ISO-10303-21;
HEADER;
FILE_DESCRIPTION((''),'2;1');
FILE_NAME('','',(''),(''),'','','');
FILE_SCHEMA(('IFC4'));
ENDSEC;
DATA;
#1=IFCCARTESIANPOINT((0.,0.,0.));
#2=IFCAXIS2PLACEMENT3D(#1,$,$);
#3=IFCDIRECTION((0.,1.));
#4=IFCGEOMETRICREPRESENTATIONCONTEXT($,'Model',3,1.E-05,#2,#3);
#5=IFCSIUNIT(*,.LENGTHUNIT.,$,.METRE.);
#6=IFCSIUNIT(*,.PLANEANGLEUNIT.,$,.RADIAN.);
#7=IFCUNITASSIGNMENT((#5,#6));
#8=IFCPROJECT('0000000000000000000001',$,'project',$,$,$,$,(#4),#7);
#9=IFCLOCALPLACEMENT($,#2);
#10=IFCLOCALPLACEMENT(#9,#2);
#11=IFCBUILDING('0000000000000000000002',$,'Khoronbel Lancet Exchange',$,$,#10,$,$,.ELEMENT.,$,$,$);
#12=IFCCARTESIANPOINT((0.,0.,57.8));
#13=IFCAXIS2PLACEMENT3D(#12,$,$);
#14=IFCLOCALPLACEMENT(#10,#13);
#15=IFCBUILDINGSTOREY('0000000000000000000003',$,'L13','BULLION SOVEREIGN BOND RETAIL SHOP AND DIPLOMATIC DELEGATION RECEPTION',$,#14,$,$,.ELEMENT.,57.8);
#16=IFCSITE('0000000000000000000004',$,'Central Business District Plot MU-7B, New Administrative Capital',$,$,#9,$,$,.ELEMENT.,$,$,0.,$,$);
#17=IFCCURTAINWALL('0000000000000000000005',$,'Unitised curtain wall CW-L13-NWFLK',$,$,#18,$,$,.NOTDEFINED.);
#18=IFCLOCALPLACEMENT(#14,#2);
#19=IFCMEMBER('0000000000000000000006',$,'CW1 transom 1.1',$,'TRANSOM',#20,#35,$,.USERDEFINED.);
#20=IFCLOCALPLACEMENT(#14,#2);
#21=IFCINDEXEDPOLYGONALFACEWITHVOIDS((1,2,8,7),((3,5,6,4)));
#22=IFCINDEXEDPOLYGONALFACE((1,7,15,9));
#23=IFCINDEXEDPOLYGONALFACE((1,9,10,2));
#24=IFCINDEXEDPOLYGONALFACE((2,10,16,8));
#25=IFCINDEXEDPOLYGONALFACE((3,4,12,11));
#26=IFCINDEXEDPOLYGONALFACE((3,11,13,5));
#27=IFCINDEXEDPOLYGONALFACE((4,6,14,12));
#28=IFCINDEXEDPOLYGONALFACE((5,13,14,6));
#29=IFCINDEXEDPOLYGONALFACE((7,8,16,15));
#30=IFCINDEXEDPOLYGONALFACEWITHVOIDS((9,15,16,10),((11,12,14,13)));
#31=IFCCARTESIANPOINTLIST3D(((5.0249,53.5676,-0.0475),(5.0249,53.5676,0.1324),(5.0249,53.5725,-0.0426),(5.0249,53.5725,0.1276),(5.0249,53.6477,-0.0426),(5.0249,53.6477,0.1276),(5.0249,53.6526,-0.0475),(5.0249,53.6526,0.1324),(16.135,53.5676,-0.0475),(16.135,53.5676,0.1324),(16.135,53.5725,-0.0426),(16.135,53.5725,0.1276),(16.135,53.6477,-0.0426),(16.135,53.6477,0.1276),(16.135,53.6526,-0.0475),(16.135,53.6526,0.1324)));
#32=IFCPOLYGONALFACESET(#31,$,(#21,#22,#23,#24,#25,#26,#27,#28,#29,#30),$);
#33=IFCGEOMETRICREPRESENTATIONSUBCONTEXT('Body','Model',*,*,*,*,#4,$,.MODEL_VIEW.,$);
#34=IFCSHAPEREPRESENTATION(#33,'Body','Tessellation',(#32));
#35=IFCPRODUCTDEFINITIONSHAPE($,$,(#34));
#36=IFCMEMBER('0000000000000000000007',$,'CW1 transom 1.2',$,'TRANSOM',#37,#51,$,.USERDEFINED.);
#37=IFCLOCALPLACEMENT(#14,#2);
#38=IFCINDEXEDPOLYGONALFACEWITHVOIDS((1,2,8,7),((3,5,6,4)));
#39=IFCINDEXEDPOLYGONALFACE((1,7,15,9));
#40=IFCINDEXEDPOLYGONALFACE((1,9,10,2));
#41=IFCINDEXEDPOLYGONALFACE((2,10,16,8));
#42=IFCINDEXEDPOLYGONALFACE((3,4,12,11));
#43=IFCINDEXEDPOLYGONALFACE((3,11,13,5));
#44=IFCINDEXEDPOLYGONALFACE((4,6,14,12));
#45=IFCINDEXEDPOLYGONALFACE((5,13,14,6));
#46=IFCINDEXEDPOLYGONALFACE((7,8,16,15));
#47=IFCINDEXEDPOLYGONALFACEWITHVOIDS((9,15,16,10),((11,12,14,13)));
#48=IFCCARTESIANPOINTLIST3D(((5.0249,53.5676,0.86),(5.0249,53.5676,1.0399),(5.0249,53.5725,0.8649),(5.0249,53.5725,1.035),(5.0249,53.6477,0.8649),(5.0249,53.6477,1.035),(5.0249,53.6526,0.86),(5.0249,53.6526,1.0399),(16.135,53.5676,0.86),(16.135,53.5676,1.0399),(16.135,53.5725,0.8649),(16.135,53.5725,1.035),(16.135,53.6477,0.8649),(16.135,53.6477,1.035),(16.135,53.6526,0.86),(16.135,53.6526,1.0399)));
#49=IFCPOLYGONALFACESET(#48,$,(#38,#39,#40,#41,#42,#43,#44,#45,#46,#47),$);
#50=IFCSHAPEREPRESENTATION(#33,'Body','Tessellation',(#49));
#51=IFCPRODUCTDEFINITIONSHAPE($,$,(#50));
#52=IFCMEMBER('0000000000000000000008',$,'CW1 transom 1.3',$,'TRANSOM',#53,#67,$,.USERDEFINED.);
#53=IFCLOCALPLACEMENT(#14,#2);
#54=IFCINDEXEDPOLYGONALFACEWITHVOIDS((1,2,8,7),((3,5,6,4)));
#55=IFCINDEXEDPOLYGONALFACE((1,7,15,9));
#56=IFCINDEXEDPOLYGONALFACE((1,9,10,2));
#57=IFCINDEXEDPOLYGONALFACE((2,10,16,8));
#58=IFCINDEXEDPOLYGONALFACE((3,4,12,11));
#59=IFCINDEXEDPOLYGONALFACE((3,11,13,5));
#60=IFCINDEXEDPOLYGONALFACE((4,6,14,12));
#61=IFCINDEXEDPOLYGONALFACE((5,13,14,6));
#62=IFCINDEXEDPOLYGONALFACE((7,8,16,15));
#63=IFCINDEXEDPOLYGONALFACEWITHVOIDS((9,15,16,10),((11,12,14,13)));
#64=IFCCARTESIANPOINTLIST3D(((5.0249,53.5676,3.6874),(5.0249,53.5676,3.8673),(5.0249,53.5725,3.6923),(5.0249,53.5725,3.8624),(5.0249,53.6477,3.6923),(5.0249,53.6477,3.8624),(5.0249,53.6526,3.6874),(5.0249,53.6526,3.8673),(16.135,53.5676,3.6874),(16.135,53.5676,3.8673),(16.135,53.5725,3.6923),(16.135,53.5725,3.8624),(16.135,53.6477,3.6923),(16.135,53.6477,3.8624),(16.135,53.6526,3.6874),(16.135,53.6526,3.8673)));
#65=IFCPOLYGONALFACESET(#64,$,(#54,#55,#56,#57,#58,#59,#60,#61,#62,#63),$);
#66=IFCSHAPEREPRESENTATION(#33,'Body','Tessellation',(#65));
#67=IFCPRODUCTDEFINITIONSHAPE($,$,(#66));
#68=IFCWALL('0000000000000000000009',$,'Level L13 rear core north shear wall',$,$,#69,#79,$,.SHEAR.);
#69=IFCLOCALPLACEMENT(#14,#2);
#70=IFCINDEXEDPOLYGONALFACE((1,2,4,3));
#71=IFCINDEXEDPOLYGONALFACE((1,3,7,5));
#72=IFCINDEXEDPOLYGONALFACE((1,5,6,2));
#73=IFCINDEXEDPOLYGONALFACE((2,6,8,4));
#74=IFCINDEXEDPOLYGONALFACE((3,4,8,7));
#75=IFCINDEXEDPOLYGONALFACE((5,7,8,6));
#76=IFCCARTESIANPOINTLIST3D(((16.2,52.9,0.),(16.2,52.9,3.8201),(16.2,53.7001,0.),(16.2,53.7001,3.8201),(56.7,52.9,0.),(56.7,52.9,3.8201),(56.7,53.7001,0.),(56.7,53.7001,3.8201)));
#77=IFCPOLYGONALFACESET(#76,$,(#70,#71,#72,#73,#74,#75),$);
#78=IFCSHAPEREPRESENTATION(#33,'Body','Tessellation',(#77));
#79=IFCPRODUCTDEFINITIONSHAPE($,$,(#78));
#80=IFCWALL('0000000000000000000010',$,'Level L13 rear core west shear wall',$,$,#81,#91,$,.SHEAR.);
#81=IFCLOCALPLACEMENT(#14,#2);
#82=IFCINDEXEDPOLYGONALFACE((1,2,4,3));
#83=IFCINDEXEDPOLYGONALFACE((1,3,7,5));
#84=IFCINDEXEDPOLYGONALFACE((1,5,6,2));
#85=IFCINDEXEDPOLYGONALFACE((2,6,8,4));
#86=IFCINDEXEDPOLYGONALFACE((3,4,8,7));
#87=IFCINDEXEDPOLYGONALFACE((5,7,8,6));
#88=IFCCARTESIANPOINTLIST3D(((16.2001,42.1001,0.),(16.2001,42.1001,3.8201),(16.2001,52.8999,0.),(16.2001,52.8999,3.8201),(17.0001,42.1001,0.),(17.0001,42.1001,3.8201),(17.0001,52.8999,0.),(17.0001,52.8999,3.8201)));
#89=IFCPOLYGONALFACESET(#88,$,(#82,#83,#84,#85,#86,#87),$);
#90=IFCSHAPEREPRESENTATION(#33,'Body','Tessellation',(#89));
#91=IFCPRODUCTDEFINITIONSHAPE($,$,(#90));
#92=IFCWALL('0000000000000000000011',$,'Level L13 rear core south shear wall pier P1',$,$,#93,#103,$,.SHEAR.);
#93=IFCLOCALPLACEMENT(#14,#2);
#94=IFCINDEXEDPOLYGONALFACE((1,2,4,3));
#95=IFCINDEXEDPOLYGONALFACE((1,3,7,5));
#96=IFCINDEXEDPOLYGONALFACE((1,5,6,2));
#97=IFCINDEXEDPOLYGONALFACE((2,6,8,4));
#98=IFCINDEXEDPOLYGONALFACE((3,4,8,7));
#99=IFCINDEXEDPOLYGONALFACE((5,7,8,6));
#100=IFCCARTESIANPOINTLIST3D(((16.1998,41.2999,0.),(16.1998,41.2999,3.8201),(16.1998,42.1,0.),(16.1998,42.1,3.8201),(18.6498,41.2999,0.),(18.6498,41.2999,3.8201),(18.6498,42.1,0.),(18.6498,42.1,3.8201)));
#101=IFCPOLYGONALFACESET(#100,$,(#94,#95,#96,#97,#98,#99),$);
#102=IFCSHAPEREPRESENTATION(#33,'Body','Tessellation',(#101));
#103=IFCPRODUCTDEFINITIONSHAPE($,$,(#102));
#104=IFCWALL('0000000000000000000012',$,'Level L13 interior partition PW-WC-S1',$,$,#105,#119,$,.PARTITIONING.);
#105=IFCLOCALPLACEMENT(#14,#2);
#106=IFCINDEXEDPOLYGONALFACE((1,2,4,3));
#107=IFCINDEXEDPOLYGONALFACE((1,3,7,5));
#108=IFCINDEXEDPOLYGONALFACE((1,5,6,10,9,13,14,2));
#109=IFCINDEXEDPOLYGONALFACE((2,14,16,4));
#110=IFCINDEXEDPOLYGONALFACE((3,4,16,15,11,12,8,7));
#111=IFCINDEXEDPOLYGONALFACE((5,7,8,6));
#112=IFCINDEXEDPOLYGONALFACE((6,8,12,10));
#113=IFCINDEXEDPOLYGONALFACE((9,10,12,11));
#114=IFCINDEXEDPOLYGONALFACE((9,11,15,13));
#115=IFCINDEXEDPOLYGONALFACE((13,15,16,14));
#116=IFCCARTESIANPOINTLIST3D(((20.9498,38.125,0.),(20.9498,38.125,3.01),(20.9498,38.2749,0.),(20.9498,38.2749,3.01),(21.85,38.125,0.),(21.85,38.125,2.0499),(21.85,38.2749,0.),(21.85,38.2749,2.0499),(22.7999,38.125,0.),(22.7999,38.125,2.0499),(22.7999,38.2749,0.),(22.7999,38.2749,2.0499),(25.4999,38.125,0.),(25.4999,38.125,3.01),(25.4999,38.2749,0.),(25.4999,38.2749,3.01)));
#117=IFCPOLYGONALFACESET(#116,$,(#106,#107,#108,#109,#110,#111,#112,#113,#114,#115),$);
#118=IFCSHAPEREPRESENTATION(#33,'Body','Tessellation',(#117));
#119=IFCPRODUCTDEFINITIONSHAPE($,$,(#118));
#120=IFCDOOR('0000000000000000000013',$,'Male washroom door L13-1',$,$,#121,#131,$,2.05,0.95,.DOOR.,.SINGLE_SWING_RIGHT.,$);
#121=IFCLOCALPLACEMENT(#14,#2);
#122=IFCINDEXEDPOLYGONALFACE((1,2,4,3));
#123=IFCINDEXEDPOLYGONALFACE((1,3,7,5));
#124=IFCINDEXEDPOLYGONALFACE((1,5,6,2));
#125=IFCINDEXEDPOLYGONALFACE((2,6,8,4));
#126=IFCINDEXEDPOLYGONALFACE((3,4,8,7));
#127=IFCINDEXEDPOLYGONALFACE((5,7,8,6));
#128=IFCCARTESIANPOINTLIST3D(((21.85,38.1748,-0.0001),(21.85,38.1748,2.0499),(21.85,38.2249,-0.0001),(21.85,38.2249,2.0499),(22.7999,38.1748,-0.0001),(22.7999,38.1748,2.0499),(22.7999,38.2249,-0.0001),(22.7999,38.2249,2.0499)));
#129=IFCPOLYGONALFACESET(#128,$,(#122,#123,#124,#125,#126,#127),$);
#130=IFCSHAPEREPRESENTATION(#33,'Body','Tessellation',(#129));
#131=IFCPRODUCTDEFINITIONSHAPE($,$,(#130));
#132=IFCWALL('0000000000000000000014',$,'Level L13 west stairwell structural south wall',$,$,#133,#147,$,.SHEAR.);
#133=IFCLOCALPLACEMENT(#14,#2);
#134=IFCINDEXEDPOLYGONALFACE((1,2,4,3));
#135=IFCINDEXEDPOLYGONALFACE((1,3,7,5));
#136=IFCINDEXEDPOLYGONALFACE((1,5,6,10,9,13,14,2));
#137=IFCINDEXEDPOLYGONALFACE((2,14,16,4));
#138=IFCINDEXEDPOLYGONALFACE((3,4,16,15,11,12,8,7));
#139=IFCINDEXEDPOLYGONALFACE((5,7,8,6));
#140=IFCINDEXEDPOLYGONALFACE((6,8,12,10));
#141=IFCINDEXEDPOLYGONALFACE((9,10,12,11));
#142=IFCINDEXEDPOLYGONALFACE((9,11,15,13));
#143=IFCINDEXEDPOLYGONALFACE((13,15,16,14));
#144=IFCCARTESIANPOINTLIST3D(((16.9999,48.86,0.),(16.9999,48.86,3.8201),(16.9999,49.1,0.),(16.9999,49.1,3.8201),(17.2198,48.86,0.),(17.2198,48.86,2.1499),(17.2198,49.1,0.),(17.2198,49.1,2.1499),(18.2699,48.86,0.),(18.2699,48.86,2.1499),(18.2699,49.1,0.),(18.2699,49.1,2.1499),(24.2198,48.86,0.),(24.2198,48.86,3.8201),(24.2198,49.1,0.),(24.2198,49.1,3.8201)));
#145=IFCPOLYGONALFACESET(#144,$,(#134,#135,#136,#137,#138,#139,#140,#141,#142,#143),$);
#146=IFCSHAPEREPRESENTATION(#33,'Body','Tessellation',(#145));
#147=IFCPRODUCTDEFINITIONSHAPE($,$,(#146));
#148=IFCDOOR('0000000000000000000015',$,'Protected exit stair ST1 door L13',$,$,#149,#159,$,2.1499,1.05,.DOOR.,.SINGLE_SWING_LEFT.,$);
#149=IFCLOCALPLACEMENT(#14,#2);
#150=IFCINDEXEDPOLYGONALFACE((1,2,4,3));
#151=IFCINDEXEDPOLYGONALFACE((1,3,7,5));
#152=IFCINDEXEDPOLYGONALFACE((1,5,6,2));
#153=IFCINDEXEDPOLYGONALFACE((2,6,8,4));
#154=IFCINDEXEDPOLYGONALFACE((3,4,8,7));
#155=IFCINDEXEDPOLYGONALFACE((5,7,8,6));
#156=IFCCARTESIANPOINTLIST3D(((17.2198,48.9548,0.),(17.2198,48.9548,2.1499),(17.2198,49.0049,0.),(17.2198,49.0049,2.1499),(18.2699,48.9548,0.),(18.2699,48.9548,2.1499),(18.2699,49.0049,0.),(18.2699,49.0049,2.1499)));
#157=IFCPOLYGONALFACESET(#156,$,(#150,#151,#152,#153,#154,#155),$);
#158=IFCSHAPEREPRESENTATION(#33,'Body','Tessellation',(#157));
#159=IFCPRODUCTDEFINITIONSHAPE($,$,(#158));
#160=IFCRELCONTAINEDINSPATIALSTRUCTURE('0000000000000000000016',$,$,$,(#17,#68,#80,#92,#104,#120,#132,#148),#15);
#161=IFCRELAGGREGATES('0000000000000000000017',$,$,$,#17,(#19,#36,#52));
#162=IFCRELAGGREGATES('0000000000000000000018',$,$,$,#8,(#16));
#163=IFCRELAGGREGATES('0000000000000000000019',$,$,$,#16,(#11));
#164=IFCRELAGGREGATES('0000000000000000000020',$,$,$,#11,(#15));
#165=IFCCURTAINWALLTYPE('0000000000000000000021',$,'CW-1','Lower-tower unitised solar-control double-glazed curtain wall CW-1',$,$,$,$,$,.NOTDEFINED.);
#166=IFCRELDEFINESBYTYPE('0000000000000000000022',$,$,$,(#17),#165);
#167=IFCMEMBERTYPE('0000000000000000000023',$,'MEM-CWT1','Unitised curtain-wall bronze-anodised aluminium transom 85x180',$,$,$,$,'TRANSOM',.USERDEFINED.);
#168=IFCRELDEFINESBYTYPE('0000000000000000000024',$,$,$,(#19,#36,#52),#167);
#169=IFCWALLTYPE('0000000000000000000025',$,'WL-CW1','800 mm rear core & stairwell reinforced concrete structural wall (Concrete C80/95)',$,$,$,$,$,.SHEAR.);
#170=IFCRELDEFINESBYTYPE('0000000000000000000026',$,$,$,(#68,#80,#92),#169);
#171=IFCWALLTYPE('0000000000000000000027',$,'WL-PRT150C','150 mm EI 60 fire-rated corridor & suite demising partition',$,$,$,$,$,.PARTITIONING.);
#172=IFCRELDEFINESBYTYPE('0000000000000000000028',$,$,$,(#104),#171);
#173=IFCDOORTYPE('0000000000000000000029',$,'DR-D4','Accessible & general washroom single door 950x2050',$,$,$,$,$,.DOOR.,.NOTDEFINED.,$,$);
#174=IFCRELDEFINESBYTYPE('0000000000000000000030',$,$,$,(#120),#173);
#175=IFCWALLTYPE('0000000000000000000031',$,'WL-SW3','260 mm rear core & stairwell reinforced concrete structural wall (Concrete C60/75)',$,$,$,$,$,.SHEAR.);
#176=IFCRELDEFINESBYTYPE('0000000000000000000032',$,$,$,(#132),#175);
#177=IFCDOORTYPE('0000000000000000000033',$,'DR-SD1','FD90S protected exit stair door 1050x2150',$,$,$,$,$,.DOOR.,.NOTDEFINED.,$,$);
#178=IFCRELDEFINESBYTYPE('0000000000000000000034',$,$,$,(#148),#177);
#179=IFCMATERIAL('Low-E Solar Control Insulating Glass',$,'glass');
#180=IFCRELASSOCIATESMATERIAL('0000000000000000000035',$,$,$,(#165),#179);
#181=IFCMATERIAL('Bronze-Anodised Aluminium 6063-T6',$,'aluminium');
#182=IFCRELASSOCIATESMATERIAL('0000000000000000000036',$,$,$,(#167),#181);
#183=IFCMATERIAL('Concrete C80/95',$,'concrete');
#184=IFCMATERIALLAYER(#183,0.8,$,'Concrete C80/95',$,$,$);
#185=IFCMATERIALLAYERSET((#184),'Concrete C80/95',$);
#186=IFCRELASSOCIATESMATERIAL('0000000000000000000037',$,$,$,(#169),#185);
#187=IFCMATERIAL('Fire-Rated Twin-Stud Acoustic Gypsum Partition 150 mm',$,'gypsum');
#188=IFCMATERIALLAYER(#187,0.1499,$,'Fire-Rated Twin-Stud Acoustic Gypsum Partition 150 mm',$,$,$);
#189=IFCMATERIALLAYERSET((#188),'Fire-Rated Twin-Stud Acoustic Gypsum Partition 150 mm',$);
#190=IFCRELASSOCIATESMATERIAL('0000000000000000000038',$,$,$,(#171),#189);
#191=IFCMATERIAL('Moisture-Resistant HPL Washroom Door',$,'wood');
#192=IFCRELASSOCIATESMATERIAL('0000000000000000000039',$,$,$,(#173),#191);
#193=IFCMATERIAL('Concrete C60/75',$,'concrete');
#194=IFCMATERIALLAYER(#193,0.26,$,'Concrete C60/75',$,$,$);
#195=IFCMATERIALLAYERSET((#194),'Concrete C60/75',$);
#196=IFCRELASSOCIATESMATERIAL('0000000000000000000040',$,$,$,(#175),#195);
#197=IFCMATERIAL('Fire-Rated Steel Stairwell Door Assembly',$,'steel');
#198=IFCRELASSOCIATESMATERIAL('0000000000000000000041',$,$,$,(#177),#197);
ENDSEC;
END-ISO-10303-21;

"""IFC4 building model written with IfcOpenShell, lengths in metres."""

from ifc_helpers import new_model, si_unit, direction, frame, frame_2d, origin, origin_2d, place, context, subcontext, project, spatial, rectangle, hollow_rectangle, extrude, material, layer, layer_set, material_profile, profile_set, type_object, element, fill, aggregate, save


model = new_model("IFC4")

# Units and contexts
model_context = context("Model", 3, precision=1e-05, world=origin(), true_north=direction((0.0, 1.0)))
body_context = subcontext(model_context, "Body", "Model", "MODEL_VIEW")
ifc_project = project(units=[si_unit("LENGTHUNIT", "METRE"), si_unit("PLANEANGLEUNIT", "RADIAN")], contexts=[model_context])

# Site, building, storey
site_placement = place(None, origin())
site = spatial("IfcSite", under=ifc_project, at=site_placement, Name="Central Business District Plot MU-7B, New Administrative Capital", CompositionType="ELEMENT", RefElevation=0.0)
building_placement = place(site_placement, origin())
building = spatial("IfcBuilding", under=site, at=building_placement, Name="Khoronbel Lancet Exchange", CompositionType="ELEMENT")
storey_placement = place(building_placement, frame((0.0, 0.0, 57.8)))
storey = spatial("IfcBuildingStorey", under=building, at=storey_placement, Name="L13", Description="BULLION SOVEREIGN BOND RETAIL SHOP AND DIPLOMATIC DELEGATION RECEPTION", CompositionType="ELEMENT", Elevation=57.8)

# Shared definitions
ifc_material_1 = material(Name="Concrete C80/95", Category="concrete")

# Curtain wall, members
ifc_material_2 = material(Name="Low-E Solar Control Insulating Glass", Category="glass")
curtain_wall_type = type_object("IfcCurtainWallType", Name="CW-1", Description="Lower-tower unitised solar-control double-glazed curtain wall CW-1", PredefinedType="NOTDEFINED", material=ifc_material_2)
curtain_wall_placement = place(storey_placement, origin())
curtain_wall = element("IfcCurtainWall", 1, at=curtain_wall_placement, inside=storey, type_object=curtain_wall_type, Name="Unitised curtain wall CW-L13-NWFLK", PredefinedType="NOTDEFINED")
ifc_material_3 = material(Name="Bronze-Anodised Aluminium 6063-T6", Category="aluminium")
ifc_material_profile_1 = material_profile(ifc_material_3, hollow_rectangle(XDim=0.085, YDim=0.1799, WallThickness=0.0049, at=origin_2d()), Name="ALU TRANSOM 85x180")
ifc_profile_set_1 = profile_set([ifc_material_profile_1], Name="Bronze-Anodised Aluminium 6063-T6")
member_type_1 = type_object("IfcMemberType", Name="MEM-CWT1", Description="Unitised curtain-wall bronze-anodised aluminium transom 85x180", ElementType="TRANSOM", PredefinedType="USERDEFINED", material=ifc_profile_set_1)
member_1_placement = place(storey_placement, frame((16.135, 53.6101, 0.0425), z_axis=(-1.0, 0.0, 0.0), x_axis=(0.0, -1.0, 0.0)))
member_1 = element("IfcMember", 2, at=member_1_placement, type_object=member_type_1, Name="CW1 transom 1.1", ObjectType="TRANSOM", PredefinedType="USERDEFINED", context=body_context, shape_type="SweptSolid", body=[
    extrude(hollow_rectangle(XDim=0.085, YDim=0.1799, WallThickness=0.0049, at=origin_2d()), origin(), (0.0, 0.0, 1.0), 11.1101),
])
member_2_placement = place(storey_placement, frame((16.135, 53.6101, 0.95), z_axis=(-1.0, 0.0, 0.0), x_axis=(0.0, -1.0, 0.0)))
member_2 = element("IfcMember", 3, at=member_2_placement, type_object=member_type_1, Name="CW1 transom 1.2", ObjectType="TRANSOM", PredefinedType="USERDEFINED", context=body_context, shape_type="SweptSolid", body=[
    extrude(hollow_rectangle(XDim=0.085, YDim=0.1799, WallThickness=0.0049, at=origin_2d()), origin(), (0.0, 0.0, 1.0), 11.1101),
])
member_3_placement = place(storey_placement, frame((16.135, 53.6101, 3.7773), z_axis=(-1.0, 0.0, 0.0), x_axis=(0.0, -1.0, 0.0)))
member_3 = element("IfcMember", 4, at=member_3_placement, type_object=member_type_1, Name="CW1 transom 1.3", ObjectType="TRANSOM", PredefinedType="USERDEFINED", context=body_context, shape_type="SweptSolid", body=[
    extrude(hollow_rectangle(XDim=0.085, YDim=0.1799, WallThickness=0.0049, at=origin_2d()), origin(), (0.0, 0.0, 1.0), 11.1101),
])
aggregate(curtain_wall, [member_1, member_2, member_3])

# Walls
ifc_layer_1 = layer(ifc_material_1, 0.8, Name="Concrete C80/95")
ifc_layer_set_1 = layer_set([ifc_layer_1], Name="Concrete C80/95")
wall_type_1 = type_object("IfcWallType", Name="WL-CW1", Description="800 mm rear core & stairwell reinforced concrete structural wall (Concrete C80/95)", PredefinedType="SHEAR", material=ifc_layer_set_1)
wall_1_placement = place(storey_placement, frame((16.2, 53.3, 0.0), z_axis=(0.0, 0.0, 1.0), x_axis=(1.0, 0.0, 0.0)))
element("IfcWall", 5, at=wall_1_placement, inside=storey, type_object=wall_type_1, Name="Level L13 rear core north shear wall", PredefinedType="SHEAR", context=body_context, shape_type="SweptSolid", body=[
    extrude(rectangle(XDim=40.5, YDim=0.8, at=frame_2d((20.25, 0.0))), origin(), (0.0, 0.0, 1.0), 3.8201),
])
wall_2_placement = place(storey_placement, frame((16.6001, 42.1001, 0.0), z_axis=(0.0, 0.0, 1.0), x_axis=(0.0, 1.0, 0.0)))
element("IfcWall", 6, at=wall_2_placement, inside=storey, type_object=wall_type_1, Name="Level L13 rear core west shear wall", PredefinedType="SHEAR", context=body_context, shape_type="SweptSolid", body=[
    extrude(rectangle(XDim=10.7998, YDim=0.8, at=frame_2d((5.3999, 0.0))), origin(), (0.0, 0.0, 1.0), 3.8201),
])
wall_3_placement = place(storey_placement, frame((18.6499, 41.7, 0.0), z_axis=(0.0, 0.0, 1.0), x_axis=(-1.0, 0.0, 0.0)))
element("IfcWall", 7, at=wall_3_placement, inside=storey, type_object=wall_type_1, Name="Level L13 rear core south shear wall pier P1", PredefinedType="SHEAR", context=body_context, shape_type="SweptSolid", body=[
    extrude(rectangle(XDim=2.45, YDim=0.8, at=frame_2d((1.2251, 0.0))), origin(), (0.0, 0.0, 1.0), 3.8201),
])

# Walls, openings, doors
ifc_material_4 = material(Name="Fire-Rated Twin-Stud Acoustic Gypsum Partition 150 mm", Category="gypsum")
ifc_layer_2 = layer(ifc_material_4, 0.1499, Name="Fire-Rated Twin-Stud Acoustic Gypsum Partition 150 mm")
ifc_layer_set_2 = layer_set([ifc_layer_2], Name="Fire-Rated Twin-Stud Acoustic Gypsum Partition 150 mm")
wall_type_2 = type_object("IfcWallType", Name="WL-PRT150C", Description="150 mm EI 60 fire-rated corridor & suite demising partition", PredefinedType="PARTITIONING", material=ifc_layer_set_2)
wall_4_placement = place(storey_placement, frame((20.95, 38.2, 0.0), z_axis=(0.0, 0.0, 1.0), x_axis=(1.0, 0.0, 0.0)))
wall_4 = element("IfcWall", 8, at=wall_4_placement, inside=storey, type_object=wall_type_2, Name="Level L13 interior partition PW-WC-S1", PredefinedType="PARTITIONING", context=body_context, shape_type="SweptSolid", body=[
    extrude(rectangle(XDim=4.55, YDim=0.1499, at=frame_2d((2.2749, 0.0))), origin(), (0.0, 0.0, 1.0), 3.01),
])
opening_1_placement = place(wall_4_placement, frame((0.8999, 0.0, 0.0)))
opening_1 = element("IfcOpeningElement", 9, at=opening_1_placement, cuts=wall_4, PredefinedType="OPENING", context=body_context, shape_type="SweptSolid", body=[
    extrude(rectangle(XDim=0.95, YDim=2.05, at=frame_2d((0.4751, 1.0249))), frame((0.0, 0.085, 0.0), z_axis=(0.0, -1.0, 0.0), x_axis=(1.0, 0.0, 0.0)), (0.0, 0.0, 1.0), 0.1699),
])
ifc_material_5 = material(Name="Moisture-Resistant HPL Washroom Door", Category="wood")
door_type_1 = type_object("IfcDoorType", Name="DR-D4", Description="Accessible & general washroom single door 950x2050", OperationType="NOTDEFINED", PredefinedType="DOOR", material=ifc_material_5)
door_1_placement = place(opening_1_placement, origin())
door_1 = element("IfcDoor", 10, at=door_1_placement, inside=storey, type_object=door_type_1, Name="Male washroom door L13-1", OperationType="SINGLE_SWING_RIGHT", OverallHeight=2.05, OverallWidth=0.95, PredefinedType="DOOR", context=body_context, shape_type="SweptSolid", body=[
    extrude(rectangle(XDim=0.95, YDim=2.05, at=frame_2d((0.4751, 1.0249))), frame((0.0, 0.0249, 0.0), z_axis=(0.0, -1.0, 0.0), x_axis=(1.0, 0.0, 0.0)), (0.0, 0.0, 1.0), 0.05),
])
fill(opening_1, door_1)
ifc_material_6 = material(Name="Concrete C60/75", Category="concrete")
ifc_layer_3 = layer(ifc_material_6, 0.26, Name="Concrete C60/75")
ifc_layer_set_3 = layer_set([ifc_layer_3], Name="Concrete C60/75")
wall_type_3 = type_object("IfcWallType", Name="WL-SW3", Description="260 mm rear core & stairwell reinforced concrete structural wall (Concrete C60/75)", PredefinedType="SHEAR", material=ifc_layer_set_3)
wall_5_placement = place(storey_placement, frame((17.0, 48.98, 0.0), z_axis=(0.0, 0.0, 1.0), x_axis=(1.0, 0.0, 0.0)))
wall_5 = element("IfcWall", 11, at=wall_5_placement, inside=storey, type_object=wall_type_3, Name="Level L13 west stairwell structural south wall", PredefinedType="SHEAR", context=body_context, shape_type="SweptSolid", body=[
    extrude(rectangle(XDim=7.22, YDim=0.24, at=frame_2d((3.6099, 0.0))), origin(), (0.0, 0.0, 1.0), 3.8201),
])
opening_2_placement = place(wall_5_placement, frame((0.22, 0.0, 0.0)))
opening_2 = element("IfcOpeningElement", 12, at=opening_2_placement, cuts=wall_5, PredefinedType="OPENING", context=body_context, shape_type="SweptSolid", body=[
    extrude(rectangle(XDim=1.05, YDim=2.1499, at=frame_2d((0.5249, 1.075))), frame((0.0, 0.1299, 0.0), z_axis=(0.0, -1.0, 0.0), x_axis=(1.0, 0.0, 0.0)), (0.0, 0.0, 1.0), 0.26),
])
ifc_material_7 = material(Name="Fire-Rated Steel Stairwell Door Assembly", Category="steel")
door_type_2 = type_object("IfcDoorType", Name="DR-SD1", Description="FD90S protected exit stair door 1050x2150", OperationType="NOTDEFINED", PredefinedType="DOOR", material=ifc_material_7)
door_2_placement = place(opening_2_placement, origin())
door_2 = element("IfcDoor", 13, at=door_2_placement, inside=storey, type_object=door_type_2, Name="Protected exit stair ST1 door L13", OperationType="SINGLE_SWING_LEFT", OverallHeight=2.1499, OverallWidth=1.05, PredefinedType="DOOR", context=body_context, shape_type="SweptSolid", body=[
    extrude(rectangle(XDim=1.05, YDim=2.1499, at=frame_2d((0.5249, 1.075))), frame((0.0, 0.0249, 0.0), z_axis=(0.0, -1.0, 0.0), x_axis=(1.0, 0.0, 0.0)), (0.0, 0.0, 1.0), 0.05),
])
fill(opening_2, door_2)

save(model, "model.ifc")
